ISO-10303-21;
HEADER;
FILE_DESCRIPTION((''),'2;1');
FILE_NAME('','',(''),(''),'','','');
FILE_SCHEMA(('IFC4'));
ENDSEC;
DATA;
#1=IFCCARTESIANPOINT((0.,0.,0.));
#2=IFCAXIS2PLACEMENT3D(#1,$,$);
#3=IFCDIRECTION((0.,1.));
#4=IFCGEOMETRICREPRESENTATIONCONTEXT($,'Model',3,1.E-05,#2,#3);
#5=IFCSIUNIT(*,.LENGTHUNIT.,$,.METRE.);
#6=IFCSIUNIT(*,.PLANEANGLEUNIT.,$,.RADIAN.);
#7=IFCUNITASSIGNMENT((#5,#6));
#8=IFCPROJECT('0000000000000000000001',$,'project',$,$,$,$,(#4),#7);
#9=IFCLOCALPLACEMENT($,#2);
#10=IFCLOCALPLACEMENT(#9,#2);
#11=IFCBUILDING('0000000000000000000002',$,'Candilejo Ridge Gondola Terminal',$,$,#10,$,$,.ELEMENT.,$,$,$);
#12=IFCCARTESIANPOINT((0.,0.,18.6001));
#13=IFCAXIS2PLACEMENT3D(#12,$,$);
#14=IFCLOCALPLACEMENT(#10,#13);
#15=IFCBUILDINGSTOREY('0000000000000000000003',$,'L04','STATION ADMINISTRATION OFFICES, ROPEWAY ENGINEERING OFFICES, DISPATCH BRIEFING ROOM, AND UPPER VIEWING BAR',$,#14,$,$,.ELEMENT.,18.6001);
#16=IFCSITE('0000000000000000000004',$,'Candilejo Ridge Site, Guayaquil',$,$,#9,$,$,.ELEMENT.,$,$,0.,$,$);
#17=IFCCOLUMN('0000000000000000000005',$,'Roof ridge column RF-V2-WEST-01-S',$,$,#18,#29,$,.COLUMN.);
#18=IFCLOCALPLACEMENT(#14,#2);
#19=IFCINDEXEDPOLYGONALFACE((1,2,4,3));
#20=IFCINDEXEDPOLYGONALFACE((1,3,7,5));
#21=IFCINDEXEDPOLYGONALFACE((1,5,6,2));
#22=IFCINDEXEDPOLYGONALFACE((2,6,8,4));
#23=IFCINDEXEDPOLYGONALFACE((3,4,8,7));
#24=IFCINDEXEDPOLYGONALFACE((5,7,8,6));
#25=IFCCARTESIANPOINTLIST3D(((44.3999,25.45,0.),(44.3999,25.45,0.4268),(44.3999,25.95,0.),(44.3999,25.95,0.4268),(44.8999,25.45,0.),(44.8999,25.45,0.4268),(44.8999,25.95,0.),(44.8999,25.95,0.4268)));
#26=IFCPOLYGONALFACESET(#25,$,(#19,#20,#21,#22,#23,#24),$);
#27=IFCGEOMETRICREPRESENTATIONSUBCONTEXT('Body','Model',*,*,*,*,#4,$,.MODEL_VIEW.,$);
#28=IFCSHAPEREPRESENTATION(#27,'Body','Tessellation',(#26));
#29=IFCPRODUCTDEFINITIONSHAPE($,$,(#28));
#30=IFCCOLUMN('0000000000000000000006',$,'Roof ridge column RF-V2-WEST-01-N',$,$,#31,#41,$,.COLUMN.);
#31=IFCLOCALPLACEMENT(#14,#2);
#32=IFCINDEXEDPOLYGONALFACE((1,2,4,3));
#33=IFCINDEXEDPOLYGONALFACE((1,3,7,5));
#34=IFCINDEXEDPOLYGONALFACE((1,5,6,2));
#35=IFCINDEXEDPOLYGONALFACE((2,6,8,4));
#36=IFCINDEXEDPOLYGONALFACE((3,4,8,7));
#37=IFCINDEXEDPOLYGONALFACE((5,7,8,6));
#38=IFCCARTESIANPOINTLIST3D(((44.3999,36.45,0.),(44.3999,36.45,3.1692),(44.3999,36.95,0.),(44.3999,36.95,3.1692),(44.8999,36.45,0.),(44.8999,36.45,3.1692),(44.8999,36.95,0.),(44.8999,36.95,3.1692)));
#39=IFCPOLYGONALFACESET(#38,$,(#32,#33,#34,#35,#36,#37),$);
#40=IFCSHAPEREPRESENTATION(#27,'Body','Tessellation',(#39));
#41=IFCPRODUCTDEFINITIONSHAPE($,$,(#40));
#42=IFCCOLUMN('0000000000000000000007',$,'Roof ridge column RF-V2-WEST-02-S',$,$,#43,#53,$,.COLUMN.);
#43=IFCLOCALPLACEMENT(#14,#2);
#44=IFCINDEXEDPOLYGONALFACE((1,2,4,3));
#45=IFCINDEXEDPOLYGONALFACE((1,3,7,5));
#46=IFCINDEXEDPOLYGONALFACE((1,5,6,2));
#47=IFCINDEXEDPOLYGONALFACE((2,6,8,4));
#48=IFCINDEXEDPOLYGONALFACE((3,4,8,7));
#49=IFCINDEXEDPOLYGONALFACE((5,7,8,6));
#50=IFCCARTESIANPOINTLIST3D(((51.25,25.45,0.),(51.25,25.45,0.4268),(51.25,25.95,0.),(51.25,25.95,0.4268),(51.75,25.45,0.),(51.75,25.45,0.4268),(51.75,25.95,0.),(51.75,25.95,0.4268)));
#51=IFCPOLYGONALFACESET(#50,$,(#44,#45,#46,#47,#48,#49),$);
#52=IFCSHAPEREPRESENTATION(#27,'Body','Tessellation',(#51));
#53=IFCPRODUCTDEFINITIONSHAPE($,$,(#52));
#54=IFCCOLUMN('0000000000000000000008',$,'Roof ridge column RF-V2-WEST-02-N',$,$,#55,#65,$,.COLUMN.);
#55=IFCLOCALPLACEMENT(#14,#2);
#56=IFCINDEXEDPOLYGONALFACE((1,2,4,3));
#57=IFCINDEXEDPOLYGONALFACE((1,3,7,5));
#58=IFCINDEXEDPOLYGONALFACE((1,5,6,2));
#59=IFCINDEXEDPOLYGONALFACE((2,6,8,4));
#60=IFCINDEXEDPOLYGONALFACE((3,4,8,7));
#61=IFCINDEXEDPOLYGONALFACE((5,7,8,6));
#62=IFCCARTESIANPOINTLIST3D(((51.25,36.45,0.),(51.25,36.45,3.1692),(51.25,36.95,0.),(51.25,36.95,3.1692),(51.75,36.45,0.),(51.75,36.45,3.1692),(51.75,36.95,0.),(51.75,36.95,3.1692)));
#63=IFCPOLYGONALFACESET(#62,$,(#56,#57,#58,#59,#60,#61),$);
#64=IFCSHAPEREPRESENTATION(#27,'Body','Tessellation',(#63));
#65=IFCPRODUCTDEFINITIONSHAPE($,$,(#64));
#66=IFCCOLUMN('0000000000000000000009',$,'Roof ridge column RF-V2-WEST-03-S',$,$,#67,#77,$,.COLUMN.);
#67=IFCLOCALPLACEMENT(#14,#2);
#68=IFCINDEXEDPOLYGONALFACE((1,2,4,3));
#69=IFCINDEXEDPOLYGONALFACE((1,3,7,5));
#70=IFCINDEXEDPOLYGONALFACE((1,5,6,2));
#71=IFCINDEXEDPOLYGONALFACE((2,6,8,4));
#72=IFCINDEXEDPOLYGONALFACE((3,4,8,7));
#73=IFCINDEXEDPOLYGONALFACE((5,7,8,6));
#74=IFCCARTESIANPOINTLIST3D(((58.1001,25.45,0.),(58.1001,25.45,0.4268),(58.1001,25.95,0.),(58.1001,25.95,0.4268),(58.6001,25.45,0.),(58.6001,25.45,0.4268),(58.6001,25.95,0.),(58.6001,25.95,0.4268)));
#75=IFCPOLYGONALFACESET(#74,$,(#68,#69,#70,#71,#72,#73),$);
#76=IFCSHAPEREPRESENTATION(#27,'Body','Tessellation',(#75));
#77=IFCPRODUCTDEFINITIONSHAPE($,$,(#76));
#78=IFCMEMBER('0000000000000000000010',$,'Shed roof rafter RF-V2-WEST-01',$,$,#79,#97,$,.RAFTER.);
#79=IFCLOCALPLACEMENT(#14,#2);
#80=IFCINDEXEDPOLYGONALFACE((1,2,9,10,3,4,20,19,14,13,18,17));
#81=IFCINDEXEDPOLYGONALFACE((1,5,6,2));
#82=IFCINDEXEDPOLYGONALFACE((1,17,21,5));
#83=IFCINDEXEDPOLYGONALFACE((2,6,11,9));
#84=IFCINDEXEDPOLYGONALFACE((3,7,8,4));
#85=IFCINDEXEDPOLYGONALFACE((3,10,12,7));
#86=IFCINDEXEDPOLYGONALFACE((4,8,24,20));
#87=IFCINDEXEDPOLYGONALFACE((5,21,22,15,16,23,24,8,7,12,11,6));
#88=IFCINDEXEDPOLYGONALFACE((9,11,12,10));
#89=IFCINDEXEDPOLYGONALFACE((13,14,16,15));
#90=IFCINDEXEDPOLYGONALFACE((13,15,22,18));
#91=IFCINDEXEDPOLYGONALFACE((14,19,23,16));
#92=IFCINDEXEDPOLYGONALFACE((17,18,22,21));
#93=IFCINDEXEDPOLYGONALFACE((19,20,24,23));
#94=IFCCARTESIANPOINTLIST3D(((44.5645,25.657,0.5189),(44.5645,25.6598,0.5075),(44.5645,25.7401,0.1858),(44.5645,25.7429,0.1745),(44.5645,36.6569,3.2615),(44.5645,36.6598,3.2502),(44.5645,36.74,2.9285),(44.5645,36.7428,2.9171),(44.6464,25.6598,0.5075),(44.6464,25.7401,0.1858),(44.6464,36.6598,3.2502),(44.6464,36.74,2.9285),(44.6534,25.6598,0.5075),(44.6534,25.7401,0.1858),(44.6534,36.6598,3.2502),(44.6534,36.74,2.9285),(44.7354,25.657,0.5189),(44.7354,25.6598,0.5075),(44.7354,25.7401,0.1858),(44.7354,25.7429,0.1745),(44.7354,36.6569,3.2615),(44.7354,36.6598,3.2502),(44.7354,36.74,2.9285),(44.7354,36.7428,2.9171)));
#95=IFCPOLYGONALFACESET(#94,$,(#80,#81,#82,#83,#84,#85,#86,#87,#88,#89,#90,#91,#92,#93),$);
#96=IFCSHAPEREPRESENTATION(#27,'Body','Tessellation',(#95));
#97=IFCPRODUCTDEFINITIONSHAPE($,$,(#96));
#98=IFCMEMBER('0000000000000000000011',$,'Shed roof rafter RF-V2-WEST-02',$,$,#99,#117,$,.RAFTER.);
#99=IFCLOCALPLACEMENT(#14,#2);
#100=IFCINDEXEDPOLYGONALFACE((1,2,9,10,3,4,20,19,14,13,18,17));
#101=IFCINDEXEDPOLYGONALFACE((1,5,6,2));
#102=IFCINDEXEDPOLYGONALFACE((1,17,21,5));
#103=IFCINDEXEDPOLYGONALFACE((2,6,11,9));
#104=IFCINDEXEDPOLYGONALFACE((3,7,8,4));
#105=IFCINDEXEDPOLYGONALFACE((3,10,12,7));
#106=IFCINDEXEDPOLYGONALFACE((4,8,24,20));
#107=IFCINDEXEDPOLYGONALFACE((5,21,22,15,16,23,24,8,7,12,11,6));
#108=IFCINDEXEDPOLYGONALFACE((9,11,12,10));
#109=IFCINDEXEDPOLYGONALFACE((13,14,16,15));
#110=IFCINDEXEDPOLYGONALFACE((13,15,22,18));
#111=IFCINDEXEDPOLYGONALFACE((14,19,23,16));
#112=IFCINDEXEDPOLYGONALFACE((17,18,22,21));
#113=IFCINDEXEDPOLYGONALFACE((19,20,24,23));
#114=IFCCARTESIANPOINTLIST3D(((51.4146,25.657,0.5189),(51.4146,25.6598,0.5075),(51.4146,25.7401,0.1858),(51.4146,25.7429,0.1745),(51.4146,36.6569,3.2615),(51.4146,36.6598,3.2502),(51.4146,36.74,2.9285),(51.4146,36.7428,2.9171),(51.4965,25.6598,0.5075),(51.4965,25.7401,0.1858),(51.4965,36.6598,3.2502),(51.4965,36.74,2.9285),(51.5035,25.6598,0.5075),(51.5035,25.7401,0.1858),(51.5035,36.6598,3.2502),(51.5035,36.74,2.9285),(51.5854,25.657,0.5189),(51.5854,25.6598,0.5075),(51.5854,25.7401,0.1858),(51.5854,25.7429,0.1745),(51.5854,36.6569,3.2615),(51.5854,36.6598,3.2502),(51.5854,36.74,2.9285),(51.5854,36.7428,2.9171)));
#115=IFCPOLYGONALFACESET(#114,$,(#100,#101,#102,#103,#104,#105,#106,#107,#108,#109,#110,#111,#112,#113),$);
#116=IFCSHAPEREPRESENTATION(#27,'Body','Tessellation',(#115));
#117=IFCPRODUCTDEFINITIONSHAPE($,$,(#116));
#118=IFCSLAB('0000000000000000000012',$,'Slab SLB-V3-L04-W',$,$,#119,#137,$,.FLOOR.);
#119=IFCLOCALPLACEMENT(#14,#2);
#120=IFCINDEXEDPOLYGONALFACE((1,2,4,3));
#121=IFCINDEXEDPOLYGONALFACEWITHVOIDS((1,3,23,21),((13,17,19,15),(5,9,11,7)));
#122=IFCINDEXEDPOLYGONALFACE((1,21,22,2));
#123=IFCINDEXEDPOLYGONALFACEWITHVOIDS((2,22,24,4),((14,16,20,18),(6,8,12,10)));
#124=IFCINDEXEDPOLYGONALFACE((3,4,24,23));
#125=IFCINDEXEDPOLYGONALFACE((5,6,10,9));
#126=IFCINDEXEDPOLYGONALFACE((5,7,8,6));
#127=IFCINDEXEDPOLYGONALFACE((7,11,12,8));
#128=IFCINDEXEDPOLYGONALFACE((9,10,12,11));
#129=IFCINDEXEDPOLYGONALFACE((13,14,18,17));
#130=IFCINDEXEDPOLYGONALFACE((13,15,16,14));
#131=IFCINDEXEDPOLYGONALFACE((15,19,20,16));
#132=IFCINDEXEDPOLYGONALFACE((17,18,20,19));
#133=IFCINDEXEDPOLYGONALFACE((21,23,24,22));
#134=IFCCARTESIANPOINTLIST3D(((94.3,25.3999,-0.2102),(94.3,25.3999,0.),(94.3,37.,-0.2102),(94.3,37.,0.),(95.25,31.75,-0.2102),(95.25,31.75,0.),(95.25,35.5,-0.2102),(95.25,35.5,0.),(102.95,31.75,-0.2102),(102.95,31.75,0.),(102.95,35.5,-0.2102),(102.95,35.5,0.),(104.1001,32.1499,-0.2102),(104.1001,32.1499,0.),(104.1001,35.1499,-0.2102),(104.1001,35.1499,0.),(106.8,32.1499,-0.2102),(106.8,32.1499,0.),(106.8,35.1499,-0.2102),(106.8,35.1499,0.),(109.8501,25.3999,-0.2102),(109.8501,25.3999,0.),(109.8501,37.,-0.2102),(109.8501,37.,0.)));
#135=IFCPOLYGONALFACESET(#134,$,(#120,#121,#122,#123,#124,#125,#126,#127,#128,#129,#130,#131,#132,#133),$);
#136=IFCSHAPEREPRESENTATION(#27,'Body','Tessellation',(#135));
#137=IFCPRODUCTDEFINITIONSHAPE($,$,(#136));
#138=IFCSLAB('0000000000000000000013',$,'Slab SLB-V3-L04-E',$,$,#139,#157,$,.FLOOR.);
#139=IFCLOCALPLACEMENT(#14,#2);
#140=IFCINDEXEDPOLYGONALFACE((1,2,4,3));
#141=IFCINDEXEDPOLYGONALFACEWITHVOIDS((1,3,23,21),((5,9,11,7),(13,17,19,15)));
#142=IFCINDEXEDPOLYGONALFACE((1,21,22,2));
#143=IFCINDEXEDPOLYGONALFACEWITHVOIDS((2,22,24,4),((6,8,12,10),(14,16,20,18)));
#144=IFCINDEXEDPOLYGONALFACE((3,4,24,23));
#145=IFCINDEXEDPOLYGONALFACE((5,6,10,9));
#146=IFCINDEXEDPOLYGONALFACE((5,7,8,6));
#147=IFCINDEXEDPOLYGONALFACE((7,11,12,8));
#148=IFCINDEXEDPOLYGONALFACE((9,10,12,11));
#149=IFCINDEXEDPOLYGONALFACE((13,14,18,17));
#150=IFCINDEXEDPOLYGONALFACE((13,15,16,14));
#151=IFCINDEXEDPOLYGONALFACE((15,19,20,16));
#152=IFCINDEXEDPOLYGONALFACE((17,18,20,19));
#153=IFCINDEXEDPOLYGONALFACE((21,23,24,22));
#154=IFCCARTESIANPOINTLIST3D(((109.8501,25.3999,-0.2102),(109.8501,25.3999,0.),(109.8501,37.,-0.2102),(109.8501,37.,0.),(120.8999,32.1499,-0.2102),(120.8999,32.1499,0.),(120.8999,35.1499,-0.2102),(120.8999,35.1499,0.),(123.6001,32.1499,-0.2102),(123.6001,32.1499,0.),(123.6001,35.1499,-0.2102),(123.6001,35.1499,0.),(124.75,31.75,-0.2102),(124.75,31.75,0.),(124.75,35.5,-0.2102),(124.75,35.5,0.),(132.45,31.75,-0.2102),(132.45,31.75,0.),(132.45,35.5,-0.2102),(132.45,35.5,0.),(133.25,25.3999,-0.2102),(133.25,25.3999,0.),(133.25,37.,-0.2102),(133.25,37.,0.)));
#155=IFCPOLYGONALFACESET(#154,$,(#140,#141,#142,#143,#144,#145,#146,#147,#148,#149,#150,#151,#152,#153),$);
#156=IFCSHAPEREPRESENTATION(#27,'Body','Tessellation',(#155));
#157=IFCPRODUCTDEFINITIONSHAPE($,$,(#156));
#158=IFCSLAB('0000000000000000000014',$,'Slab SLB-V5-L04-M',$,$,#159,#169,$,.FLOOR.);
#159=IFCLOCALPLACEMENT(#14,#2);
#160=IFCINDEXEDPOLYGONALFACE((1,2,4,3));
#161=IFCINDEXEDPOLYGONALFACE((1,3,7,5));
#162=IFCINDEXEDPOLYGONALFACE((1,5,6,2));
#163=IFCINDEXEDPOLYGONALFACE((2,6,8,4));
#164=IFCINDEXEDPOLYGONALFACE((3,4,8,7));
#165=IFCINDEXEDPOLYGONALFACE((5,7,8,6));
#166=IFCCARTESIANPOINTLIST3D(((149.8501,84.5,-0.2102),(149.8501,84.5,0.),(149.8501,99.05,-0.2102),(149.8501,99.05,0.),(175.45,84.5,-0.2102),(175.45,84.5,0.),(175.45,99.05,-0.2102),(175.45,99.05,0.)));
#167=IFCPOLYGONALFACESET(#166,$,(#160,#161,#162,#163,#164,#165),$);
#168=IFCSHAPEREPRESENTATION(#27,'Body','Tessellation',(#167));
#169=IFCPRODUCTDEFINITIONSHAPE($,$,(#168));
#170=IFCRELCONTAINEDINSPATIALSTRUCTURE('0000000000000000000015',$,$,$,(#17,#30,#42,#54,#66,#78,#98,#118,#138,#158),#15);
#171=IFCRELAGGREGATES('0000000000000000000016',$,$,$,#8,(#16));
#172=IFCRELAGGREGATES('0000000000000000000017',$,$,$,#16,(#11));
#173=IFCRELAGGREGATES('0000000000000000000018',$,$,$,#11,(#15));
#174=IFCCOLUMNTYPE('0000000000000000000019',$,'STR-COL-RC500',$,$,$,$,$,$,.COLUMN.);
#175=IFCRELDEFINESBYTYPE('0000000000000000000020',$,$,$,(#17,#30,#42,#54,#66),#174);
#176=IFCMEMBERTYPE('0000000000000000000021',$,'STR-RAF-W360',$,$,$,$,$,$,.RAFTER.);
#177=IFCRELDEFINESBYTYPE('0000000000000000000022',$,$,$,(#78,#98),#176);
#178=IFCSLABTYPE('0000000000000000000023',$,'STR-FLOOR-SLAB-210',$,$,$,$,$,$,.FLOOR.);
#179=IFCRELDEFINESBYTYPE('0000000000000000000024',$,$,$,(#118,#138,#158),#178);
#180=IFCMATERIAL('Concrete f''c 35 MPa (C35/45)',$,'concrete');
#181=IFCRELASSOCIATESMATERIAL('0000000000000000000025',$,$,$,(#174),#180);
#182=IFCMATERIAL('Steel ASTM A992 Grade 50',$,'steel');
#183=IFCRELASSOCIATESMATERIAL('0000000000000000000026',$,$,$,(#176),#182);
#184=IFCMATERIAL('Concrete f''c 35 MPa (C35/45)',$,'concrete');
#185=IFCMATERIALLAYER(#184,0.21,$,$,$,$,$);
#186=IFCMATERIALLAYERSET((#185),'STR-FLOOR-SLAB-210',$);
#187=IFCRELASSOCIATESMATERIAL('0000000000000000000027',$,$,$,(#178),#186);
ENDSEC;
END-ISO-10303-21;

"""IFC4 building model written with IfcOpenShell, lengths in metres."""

from ifc_helpers import new_model, si_unit, direction, frame, origin, origin_2d, place, context, subcontext, project, spatial, polyline, rectangle, i_section, outline, extrude, material, layer, layer_set, material_profile, profile_set, type_object, element, save


model = new_model("IFC4")

# Units and contexts
model_context = context("Model", 3, precision=1e-05, world=origin(), true_north=direction((0.0, 1.0)))
body_context = subcontext(model_context, "Body", "Model", "MODEL_VIEW")
ifc_project = project(units=[si_unit("LENGTHUNIT", "METRE"), si_unit("PLANEANGLEUNIT", "RADIAN")], contexts=[model_context])

# Site, building, storey
site_placement = place(None, origin())
site = spatial("IfcSite", under=ifc_project, at=site_placement, Name="Candilejo Ridge Site, Guayaquil", CompositionType="ELEMENT", RefElevation=0.0)
building_placement = place(site_placement, origin())
building = spatial("IfcBuilding", under=site, at=building_placement, Name="Candilejo Ridge Gondola Terminal", CompositionType="ELEMENT")
storey_placement = place(building_placement, frame((0.0, 0.0, 18.6001)))
storey = spatial("IfcBuildingStorey", under=building, at=storey_placement, Name="L04", Description="STATION ADMINISTRATION OFFICES, ROPEWAY ENGINEERING OFFICES, DISPATCH BRIEFING ROOM, AND UPPER VIEWING BAR", CompositionType="ELEMENT", Elevation=18.6001)

# Columns
ifc_material_1 = material(Name="Concrete f'c 35 MPa (C35/45)", Category="concrete")
ifc_material_profile_1 = material_profile(ifc_material_1, rectangle(XDim=0.5, YDim=0.5, at=origin_2d()))
ifc_profile_set_1 = profile_set([ifc_material_profile_1], Name="Concrete f'c 35 MPa (C35/45)")
column_type = type_object("IfcColumnType", Name="STR-COL-RC500", PredefinedType="COLUMN", material=ifc_profile_set_1)
column_1_placement = place(storey_placement, frame((44.6499, 25.7, 0.0), z_axis=(0.0, 0.0, 1.0), x_axis=(1.0, 0.0, 0.0)))
element("IfcColumn", 1, at=column_1_placement, inside=storey, type_object=column_type, Name="Roof ridge column RF-V2-WEST-01-S", PredefinedType="COLUMN", context=body_context, shape_type="SweptSolid", body=[
    extrude(rectangle(XDim=0.5, YDim=0.5, at=origin_2d()), origin(), (0.0, 0.0, 1.0), 0.4268),
])
column_2_placement = place(storey_placement, frame((44.6499, 36.7, 0.0), z_axis=(0.0, 0.0, 1.0), x_axis=(1.0, 0.0, 0.0)))
element("IfcColumn", 2, at=column_2_placement, inside=storey, type_object=column_type, Name="Roof ridge column RF-V2-WEST-01-N", PredefinedType="COLUMN", context=body_context, shape_type="SweptSolid", body=[
    extrude(rectangle(XDim=0.5, YDim=0.5, at=origin_2d()), origin(), (0.0, 0.0, 1.0), 3.1692),
])
column_3_placement = place(storey_placement, frame((51.5, 25.7, 0.0), z_axis=(0.0, 0.0, 1.0), x_axis=(1.0, 0.0, 0.0)))
element("IfcColumn", 3, at=column_3_placement, inside=storey, type_object=column_type, Name="Roof ridge column RF-V2-WEST-02-S", PredefinedType="COLUMN", context=body_context, shape_type="SweptSolid", body=[
    extrude(rectangle(XDim=0.5, YDim=0.5, at=origin_2d()), origin(), (0.0, 0.0, 1.0), 0.4268),
])
column_4_placement = place(storey_placement, frame((51.5, 36.7, 0.0), z_axis=(0.0, 0.0, 1.0), x_axis=(1.0, 0.0, 0.0)))
element("IfcColumn", 4, at=column_4_placement, inside=storey, type_object=column_type, Name="Roof ridge column RF-V2-WEST-02-N", PredefinedType="COLUMN", context=body_context, shape_type="SweptSolid", body=[
    extrude(rectangle(XDim=0.5, YDim=0.5, at=origin_2d()), origin(), (0.0, 0.0, 1.0), 3.1692),
])
column_5_placement = place(storey_placement, frame((58.3501, 25.7, 0.0), z_axis=(0.0, 0.0, 1.0), x_axis=(1.0, 0.0, 0.0)))
element("IfcColumn", 5, at=column_5_placement, inside=storey, type_object=column_type, Name="Roof ridge column RF-V2-WEST-03-S", PredefinedType="COLUMN", context=body_context, shape_type="SweptSolid", body=[
    extrude(rectangle(XDim=0.5, YDim=0.5, at=origin_2d()), origin(), (0.0, 0.0, 1.0), 0.4268),
])

# Members
ifc_material_2 = material(Name="Steel ASTM A992 Grade 50", Category="steel")
ifc_material_profile_2 = material_profile(ifc_material_2, i_section(OverallWidth=0.1709, OverallDepth=0.355, WebThickness=0.0071, FlangeThickness=0.0117, at=origin_2d()))
ifc_profile_set_2 = profile_set([ifc_material_profile_2], Name="Steel ASTM A992 Grade 50")
member_type = type_object("IfcMemberType", Name="STR-RAF-W360", PredefinedType="RAFTER", material=ifc_profile_set_2)
for number, where, z_axis, x_axis, name in (
    (6, (44.6499, 25.7, 0.3467), (0.0, 0.970294, 0.241928), (-1.0, 0.0, 0.0), "Shed roof rafter RF-V2-WEST-01"),
    (7, (51.5, 25.7, 0.3467), (0.0, 0.970294, 0.241928), (-1.0, 0.0, 0.0), "Shed roof rafter RF-V2-WEST-02"),
):
    element("IfcMember", number, at=place(storey_placement, frame(where, z_axis=z_axis, x_axis=x_axis)), inside=storey, type_object=member_type, Name=name, PredefinedType="RAFTER", context=body_context, shape_type="SweptSolid", body=[
        extrude(i_section(OverallWidth=0.1709, OverallDepth=0.355, WebThickness=0.0071, FlangeThickness=0.0117, at=origin_2d()), origin(), (0.0, 0.0, 1.0), 11.3367),
    ])

# Slabs
ifc_material_3 = material(Name="Concrete f'c 35 MPa (C35/45)", Category="concrete")
ifc_layer_1 = layer(ifc_material_3, 0.21)
ifc_layer_set_1 = layer_set([ifc_layer_1], Name="STR-FLOOR-SLAB-210")
slab_type_1 = type_object("IfcSlabType", Name="STR-FLOOR-SLAB-210", PredefinedType="FLOOR", material=ifc_layer_set_1)
slab_1_placement = place(storey_placement, frame((0.0, 0.0, -0.2102)))
element("IfcSlab", 8, at=slab_1_placement, inside=storey, type_object=slab_type_1, Name="Slab SLB-V3-L04-W", PredefinedType="FLOOR", context=body_context, shape_type="SweptSolid", body=[
    extrude(outline(polyline([(94.3, 25.3999), (109.8501, 25.3999), (109.8501, 37.0), (94.3, 37.0), (94.3, 25.3999)]), holes=[polyline([(95.25, 31.75), (102.95, 31.75), (102.95, 35.5), (95.25, 35.5), (95.25, 31.75)]), polyline([(104.1001, 32.1499), (106.8, 32.1499), (106.8, 35.1499), (104.1001, 35.1499), (104.1001, 32.1499)])]), origin(), (0.0, 0.0, 1.0), 0.2102),
])
slab_2_placement = place(storey_placement, frame((0.0, 0.0, -0.2102)))
element("IfcSlab", 9, at=slab_2_placement, inside=storey, type_object=slab_type_1, Name="Slab SLB-V3-L04-E", PredefinedType="FLOOR", context=body_context, shape_type="SweptSolid", body=[
    extrude(outline(polyline([(109.8501, 25.3999), (133.25, 25.3999), (133.25, 37.0), (109.8501, 37.0), (109.8501, 25.3999)]), holes=[polyline([(124.75, 31.75), (132.45, 31.75), (132.45, 35.5), (124.75, 35.5), (124.75, 31.75)]), polyline([(120.8999, 32.1499), (123.6001, 32.1499), (123.6001, 35.1499), (120.8999, 35.1499), (120.8999, 32.1499)])]), origin(), (0.0, 0.0, 1.0), 0.2102),
])
slab_3_placement = place(storey_placement, frame((0.0, 0.0, -0.2102)))
element("IfcSlab", 10, at=slab_3_placement, inside=storey, type_object=slab_type_1, Name="Slab SLB-V5-L04-M", PredefinedType="FLOOR", context=body_context, shape_type="SweptSolid", body=[
    extrude(outline(polyline([(149.8501, 84.5), (175.45, 84.5), (175.45, 99.05), (149.8501, 99.05), (149.8501, 84.5)])), origin(), (0.0, 0.0, 1.0), 0.2102),
])

save(model, "model.ifc")
